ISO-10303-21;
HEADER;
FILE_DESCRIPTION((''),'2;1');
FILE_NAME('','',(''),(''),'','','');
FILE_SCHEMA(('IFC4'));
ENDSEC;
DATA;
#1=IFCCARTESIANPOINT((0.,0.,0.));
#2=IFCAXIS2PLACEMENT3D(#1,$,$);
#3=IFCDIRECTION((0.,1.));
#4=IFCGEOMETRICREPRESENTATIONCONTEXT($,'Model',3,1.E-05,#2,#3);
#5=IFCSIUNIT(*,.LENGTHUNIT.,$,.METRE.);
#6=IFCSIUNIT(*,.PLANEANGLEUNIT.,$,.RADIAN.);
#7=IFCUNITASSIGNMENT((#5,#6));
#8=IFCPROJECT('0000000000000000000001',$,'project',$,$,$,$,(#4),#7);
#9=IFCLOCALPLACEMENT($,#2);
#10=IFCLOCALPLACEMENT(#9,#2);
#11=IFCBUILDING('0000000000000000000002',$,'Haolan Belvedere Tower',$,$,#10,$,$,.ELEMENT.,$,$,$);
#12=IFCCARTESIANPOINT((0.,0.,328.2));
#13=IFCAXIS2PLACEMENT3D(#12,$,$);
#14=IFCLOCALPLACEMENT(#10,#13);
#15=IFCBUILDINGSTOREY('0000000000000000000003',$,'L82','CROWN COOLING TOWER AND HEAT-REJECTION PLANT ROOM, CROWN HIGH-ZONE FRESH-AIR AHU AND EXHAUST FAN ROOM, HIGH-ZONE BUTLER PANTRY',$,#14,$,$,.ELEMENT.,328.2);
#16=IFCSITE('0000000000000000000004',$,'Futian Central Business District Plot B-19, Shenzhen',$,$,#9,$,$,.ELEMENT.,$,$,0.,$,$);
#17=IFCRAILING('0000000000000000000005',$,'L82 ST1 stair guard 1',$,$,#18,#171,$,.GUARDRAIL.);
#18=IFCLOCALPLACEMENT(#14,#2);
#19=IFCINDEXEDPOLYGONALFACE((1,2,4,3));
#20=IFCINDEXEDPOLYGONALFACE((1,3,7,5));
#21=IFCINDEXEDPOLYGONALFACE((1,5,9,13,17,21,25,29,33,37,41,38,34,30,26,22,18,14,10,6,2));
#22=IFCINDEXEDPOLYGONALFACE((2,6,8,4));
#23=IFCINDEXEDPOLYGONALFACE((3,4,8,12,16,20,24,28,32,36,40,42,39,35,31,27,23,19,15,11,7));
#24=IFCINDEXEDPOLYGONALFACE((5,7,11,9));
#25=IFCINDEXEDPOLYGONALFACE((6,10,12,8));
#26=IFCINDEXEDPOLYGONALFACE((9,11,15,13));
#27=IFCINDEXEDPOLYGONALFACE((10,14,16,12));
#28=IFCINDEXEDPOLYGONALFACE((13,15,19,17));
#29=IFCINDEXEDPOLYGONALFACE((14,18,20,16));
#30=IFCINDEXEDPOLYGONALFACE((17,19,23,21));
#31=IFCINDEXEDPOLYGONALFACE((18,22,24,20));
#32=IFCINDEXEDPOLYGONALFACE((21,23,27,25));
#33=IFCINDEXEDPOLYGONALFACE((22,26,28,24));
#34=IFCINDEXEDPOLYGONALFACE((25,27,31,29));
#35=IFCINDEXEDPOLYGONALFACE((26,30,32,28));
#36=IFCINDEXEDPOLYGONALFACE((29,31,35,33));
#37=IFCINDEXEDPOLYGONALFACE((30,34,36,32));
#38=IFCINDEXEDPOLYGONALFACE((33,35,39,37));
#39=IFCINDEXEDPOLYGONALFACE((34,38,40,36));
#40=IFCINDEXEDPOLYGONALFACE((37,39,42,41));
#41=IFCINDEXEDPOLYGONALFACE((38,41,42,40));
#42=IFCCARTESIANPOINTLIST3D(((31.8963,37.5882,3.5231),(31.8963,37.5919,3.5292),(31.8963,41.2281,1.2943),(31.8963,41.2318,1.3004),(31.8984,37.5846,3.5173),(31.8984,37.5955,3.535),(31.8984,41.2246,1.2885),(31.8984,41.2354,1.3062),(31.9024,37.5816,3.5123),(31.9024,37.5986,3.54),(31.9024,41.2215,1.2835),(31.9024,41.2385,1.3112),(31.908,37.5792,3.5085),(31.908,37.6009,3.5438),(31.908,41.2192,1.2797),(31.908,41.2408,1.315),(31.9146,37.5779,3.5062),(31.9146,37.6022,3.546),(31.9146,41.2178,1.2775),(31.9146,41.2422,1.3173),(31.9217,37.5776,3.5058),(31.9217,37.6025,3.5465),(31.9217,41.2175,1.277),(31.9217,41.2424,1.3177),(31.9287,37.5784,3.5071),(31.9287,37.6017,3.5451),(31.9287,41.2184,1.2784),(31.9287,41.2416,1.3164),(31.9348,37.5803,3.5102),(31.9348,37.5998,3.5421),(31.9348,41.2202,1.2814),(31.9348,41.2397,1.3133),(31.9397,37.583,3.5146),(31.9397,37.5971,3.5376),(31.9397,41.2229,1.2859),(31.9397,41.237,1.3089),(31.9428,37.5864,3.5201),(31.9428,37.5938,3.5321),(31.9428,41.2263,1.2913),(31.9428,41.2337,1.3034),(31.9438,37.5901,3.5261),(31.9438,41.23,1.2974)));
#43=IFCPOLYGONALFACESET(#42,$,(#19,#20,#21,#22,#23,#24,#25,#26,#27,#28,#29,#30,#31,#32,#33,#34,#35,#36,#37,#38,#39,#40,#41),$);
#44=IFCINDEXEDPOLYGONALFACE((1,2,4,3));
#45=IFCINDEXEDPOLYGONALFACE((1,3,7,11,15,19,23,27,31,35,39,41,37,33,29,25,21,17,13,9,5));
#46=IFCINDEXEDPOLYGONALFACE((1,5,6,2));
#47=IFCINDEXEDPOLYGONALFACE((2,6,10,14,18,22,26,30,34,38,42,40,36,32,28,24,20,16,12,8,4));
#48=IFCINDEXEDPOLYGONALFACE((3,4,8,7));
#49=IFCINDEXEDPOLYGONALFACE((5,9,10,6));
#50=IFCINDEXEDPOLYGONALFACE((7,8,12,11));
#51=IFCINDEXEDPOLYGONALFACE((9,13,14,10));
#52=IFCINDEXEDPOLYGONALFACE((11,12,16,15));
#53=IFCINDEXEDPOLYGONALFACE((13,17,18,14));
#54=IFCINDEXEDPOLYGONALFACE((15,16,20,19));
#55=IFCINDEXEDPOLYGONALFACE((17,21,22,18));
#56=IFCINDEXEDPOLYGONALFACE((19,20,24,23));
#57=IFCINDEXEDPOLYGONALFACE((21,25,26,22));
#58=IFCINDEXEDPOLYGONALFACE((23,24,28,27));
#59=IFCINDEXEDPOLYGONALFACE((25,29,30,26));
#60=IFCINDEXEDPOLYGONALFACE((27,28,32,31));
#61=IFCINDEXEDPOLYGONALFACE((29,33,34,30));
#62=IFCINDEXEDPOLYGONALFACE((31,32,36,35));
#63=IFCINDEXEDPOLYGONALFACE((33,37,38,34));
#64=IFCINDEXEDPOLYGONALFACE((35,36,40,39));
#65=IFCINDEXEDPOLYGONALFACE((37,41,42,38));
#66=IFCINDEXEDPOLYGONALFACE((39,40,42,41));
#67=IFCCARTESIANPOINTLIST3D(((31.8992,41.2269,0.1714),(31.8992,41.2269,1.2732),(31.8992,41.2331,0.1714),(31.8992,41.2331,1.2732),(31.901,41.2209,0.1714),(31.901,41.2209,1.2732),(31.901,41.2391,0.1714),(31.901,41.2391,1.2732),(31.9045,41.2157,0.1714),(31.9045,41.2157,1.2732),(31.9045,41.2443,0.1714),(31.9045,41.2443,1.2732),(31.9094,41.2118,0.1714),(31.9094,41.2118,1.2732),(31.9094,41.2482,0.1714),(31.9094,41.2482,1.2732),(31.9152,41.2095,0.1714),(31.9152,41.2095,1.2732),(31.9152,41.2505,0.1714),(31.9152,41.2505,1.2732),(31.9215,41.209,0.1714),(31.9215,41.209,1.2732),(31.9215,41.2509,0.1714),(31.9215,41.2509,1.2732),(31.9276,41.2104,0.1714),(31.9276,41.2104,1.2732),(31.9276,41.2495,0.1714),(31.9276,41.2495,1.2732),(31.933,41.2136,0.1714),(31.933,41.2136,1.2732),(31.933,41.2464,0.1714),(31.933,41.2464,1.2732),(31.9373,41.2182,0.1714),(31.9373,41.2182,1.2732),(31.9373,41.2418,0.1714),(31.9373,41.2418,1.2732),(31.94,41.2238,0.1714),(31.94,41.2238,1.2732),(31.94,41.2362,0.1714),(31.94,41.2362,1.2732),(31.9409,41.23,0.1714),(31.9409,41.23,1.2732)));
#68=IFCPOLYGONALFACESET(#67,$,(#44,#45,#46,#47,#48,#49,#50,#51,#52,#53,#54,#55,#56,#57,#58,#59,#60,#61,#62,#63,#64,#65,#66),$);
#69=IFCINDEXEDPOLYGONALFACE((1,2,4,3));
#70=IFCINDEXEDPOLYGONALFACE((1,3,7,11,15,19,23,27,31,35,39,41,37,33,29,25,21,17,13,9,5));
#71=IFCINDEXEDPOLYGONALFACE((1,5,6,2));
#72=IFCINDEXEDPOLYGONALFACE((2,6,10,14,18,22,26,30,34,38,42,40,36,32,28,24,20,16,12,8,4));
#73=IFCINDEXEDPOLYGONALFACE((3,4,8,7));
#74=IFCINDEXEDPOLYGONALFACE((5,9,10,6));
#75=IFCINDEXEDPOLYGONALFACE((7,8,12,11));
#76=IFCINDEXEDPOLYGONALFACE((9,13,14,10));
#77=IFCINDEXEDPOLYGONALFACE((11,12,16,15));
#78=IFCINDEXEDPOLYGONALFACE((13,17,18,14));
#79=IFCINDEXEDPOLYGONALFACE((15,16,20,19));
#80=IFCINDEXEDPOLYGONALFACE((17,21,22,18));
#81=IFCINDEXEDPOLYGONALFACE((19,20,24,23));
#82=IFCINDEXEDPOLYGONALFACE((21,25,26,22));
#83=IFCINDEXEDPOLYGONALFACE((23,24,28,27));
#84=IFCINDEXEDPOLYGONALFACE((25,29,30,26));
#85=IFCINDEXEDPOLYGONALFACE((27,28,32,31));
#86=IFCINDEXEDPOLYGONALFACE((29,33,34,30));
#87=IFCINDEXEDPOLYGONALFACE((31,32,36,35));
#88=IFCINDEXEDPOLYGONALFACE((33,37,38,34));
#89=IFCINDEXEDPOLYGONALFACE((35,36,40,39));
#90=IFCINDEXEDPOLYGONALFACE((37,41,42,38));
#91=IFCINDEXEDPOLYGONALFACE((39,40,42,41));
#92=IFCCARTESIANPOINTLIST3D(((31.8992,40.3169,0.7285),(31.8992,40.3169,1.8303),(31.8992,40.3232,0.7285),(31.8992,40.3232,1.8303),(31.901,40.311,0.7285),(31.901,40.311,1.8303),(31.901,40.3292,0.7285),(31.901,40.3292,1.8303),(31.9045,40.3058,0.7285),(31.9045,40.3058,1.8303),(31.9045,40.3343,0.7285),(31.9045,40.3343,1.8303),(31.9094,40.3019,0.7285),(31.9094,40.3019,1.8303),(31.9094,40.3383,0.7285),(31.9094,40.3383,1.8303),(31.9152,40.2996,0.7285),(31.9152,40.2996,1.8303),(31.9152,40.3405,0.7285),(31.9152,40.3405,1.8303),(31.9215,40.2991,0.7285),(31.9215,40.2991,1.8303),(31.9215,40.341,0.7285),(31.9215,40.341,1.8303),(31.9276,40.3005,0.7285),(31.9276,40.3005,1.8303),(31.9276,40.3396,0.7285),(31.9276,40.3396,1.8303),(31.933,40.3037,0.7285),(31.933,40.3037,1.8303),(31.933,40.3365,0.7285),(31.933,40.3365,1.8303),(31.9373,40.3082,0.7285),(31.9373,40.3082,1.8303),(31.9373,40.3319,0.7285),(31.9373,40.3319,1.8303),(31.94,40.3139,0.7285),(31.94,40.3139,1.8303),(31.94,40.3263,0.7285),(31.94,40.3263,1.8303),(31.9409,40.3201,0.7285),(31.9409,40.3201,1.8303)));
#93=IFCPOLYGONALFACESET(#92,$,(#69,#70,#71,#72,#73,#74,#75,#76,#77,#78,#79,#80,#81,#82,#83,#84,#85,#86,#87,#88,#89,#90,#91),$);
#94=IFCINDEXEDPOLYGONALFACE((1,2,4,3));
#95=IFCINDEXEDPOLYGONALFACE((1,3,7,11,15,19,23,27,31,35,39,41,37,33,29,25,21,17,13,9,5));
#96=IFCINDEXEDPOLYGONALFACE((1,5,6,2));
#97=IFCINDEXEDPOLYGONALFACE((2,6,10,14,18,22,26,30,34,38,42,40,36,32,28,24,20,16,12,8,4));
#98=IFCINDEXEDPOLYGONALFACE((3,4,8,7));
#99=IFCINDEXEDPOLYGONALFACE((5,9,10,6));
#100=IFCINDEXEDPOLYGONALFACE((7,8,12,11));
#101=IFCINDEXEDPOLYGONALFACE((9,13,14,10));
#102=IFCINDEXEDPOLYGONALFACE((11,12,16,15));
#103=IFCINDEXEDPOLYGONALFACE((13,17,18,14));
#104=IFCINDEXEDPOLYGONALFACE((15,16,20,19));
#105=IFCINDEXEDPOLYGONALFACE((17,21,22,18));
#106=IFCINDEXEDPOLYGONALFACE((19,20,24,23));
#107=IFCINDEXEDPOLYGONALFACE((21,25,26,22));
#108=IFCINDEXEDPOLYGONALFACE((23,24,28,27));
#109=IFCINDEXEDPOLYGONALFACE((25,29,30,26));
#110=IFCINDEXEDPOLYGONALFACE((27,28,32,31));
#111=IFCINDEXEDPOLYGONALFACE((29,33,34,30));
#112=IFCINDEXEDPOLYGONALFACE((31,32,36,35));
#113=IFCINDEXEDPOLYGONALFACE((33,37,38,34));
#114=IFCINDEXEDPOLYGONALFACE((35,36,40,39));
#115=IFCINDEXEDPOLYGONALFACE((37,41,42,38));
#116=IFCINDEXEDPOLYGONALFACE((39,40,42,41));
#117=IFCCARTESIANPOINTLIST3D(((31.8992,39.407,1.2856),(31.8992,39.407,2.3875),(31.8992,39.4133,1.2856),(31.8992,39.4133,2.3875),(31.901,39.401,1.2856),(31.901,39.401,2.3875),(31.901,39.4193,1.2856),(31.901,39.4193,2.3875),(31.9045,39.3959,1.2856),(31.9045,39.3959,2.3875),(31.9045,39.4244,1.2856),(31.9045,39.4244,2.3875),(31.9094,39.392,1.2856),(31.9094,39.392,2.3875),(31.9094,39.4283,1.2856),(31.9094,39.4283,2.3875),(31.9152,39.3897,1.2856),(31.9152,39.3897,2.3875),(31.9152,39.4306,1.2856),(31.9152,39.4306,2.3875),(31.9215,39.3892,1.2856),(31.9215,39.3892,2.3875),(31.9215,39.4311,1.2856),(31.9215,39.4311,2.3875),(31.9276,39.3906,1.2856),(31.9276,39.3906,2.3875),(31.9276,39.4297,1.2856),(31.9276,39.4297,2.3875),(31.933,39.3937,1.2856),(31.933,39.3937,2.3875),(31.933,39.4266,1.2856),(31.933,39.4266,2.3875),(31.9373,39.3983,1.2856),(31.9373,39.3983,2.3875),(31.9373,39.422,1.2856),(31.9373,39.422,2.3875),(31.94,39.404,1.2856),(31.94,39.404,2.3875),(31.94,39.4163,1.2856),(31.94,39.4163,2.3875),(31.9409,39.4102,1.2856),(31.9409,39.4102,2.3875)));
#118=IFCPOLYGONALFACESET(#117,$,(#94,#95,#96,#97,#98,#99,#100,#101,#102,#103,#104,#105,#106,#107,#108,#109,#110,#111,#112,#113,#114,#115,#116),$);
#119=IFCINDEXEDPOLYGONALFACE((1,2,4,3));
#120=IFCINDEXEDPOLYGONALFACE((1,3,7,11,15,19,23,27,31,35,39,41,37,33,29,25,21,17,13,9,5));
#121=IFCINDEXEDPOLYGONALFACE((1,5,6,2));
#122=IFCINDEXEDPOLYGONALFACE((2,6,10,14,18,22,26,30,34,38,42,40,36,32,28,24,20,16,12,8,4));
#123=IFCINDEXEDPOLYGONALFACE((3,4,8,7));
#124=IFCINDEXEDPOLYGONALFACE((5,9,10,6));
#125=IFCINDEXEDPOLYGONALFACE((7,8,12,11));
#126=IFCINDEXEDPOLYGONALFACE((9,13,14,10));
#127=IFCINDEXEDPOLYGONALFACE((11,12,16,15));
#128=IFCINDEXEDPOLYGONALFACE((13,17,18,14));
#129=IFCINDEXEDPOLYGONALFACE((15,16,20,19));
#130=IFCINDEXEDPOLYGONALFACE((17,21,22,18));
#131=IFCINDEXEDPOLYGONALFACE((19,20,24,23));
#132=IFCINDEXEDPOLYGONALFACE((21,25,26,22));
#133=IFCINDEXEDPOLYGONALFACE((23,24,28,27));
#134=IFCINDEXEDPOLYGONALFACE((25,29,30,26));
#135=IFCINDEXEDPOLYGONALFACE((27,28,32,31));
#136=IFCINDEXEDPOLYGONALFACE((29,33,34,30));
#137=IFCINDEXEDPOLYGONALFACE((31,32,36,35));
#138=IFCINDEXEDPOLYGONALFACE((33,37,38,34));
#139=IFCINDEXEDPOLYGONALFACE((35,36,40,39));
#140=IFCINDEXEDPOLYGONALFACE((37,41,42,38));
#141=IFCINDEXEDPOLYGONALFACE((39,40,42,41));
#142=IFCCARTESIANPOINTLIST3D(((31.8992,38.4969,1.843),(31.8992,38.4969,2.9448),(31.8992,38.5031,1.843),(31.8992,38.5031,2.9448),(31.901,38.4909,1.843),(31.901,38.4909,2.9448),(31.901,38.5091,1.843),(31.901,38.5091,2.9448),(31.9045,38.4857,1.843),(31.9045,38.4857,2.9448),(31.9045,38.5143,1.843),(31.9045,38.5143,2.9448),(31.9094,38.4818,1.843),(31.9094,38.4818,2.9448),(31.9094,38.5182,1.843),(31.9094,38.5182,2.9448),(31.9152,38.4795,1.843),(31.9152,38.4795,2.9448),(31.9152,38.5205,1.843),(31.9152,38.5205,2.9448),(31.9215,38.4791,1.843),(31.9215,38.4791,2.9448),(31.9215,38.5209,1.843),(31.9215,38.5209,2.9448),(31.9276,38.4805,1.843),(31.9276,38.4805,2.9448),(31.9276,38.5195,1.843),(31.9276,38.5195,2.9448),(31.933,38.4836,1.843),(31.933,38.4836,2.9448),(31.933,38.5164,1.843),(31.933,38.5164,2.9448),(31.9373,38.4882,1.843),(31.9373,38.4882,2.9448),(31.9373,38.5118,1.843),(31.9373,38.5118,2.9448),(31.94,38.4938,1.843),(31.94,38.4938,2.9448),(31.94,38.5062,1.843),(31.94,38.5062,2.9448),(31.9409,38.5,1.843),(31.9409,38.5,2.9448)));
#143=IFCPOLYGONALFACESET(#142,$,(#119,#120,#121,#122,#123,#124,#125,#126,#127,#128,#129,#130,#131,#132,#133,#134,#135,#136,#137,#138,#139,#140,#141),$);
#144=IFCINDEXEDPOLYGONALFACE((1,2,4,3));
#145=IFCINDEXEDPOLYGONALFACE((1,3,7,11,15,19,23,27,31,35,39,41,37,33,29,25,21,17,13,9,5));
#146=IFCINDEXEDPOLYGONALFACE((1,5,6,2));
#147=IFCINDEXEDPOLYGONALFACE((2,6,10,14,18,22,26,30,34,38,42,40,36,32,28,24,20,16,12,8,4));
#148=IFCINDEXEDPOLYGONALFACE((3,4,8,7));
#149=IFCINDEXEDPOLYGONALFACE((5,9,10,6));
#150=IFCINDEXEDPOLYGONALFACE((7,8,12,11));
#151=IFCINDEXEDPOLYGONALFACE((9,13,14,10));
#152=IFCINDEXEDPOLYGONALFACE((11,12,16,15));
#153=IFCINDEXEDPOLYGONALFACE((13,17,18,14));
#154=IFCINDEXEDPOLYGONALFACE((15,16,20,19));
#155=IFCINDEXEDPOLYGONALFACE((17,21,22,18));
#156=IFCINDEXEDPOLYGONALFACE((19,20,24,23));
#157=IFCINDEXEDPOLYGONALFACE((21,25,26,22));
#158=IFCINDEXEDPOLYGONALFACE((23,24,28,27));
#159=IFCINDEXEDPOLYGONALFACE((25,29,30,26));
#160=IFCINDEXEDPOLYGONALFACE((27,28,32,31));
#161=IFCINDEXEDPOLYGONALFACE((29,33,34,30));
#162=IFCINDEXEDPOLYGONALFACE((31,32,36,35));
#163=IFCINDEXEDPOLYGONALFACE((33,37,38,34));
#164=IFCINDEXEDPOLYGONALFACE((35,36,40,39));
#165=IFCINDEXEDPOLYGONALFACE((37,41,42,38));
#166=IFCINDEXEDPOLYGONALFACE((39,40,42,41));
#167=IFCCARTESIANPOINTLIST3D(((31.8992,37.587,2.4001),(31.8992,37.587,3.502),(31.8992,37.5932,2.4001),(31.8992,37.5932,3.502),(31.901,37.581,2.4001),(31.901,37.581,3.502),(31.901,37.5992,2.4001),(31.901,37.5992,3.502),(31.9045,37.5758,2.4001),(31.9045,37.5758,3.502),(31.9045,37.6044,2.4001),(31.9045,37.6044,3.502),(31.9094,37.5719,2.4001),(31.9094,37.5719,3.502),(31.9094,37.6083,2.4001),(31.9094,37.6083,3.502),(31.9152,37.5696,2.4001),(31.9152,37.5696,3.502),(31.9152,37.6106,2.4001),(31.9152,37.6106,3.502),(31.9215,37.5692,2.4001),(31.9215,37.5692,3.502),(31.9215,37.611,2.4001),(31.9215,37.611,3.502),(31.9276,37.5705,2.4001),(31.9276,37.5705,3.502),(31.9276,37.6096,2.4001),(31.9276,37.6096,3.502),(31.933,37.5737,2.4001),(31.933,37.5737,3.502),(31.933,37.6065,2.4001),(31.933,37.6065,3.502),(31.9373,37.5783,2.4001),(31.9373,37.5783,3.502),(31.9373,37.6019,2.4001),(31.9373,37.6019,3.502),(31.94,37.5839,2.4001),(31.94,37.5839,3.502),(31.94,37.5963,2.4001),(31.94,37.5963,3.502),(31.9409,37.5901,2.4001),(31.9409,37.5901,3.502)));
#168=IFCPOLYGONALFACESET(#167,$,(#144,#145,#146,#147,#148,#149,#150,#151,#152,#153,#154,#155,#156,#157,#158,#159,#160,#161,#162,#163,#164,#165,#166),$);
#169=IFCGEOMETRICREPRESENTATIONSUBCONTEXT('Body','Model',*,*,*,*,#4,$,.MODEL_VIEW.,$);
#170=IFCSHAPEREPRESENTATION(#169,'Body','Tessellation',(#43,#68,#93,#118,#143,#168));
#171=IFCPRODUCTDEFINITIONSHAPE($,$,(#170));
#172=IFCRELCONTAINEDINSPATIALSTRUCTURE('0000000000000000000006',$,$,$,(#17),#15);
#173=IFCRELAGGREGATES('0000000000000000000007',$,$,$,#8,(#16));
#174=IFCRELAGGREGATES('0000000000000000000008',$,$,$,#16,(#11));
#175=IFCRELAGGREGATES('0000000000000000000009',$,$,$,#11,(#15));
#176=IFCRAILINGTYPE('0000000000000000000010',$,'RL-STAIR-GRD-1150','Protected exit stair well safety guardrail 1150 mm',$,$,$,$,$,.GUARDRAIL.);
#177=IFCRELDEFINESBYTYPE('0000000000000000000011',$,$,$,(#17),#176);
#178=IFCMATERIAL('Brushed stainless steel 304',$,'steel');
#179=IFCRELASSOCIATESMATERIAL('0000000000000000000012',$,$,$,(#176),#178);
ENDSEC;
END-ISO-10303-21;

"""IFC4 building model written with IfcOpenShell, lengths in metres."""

from ifc_helpers import new_model, si_unit, direction, frame, origin, origin_2d, place, context, subcontext, project, spatial, circle, extrude, material, type_object, element, save


model = new_model("IFC4")

# Units and contexts
model_context = context("Model", 3, precision=1e-05, world=origin(), true_north=direction((0.0, 1.0)))
body_context = subcontext(model_context, "Body", "Model", "MODEL_VIEW")
ifc_project = project(units=[si_unit("LENGTHUNIT", "METRE"), si_unit("PLANEANGLEUNIT", "RADIAN")], contexts=[model_context])

# Site, building, storey
site_placement = place(None, origin())
site = spatial("IfcSite", under=ifc_project, at=site_placement, Name="Futian Central Business District Plot B-19, Shenzhen", CompositionType="ELEMENT", RefElevation=0.0)
building_placement = place(site_placement, origin())
building = spatial("IfcBuilding", under=site, at=building_placement, Name="Haolan Belvedere Tower", CompositionType="ELEMENT")
storey_placement = place(building_placement, frame((0.0, 0.0, 328.2)))
storey = spatial("IfcBuildingStorey", under=building, at=storey_placement, Name="L82", Description="CROWN COOLING TOWER AND HEAT-REJECTION PLANT ROOM, CROWN HIGH-ZONE FRESH-AIR AHU AND EXHAUST FAN ROOM, HIGH-ZONE BUTLER PANTRY", CompositionType="ELEMENT", Elevation=328.2)

# Railing
ifc_material_1 = material(Name="Brushed stainless steel 304", Category="steel")
railing_type_1 = type_object("IfcRailingType", Name="RL-STAIR-GRD-1150", Description="Protected exit stair well safety guardrail 1150 mm", PredefinedType="GUARDRAIL", material=ifc_material_1)
railing_1_placement = place(storey_placement, frame((31.9199, 41.23, 0.1714)))
element("IfcRailing", 1, at=railing_1_placement, inside=storey, type_object=railing_type_1, Name="L82 ST1 stair guard 1", PredefinedType="GUARDRAIL", context=body_context, shape_type="SweptSolid", body=[
    extrude(circle(Radius=0.0239, at=origin_2d()), frame((0.0, 0.0, 1.126), z_axis=(0.0, -0.852825, 0.522197), x_axis=(1.0, 0.0, 0.0)), (0.0, 0.0, 1.0), 4.2681),
    extrude(circle(Radius=0.021, at=origin_2d()), origin(), (0.0, 0.0, 1.0), 1.1018),
    extrude(circle(Radius=0.021, at=origin_2d()), frame((0.0, -0.9099, 0.5571)), (0.0, 0.0, 1.0), 1.1018),
    extrude(circle(Radius=0.021, at=origin_2d()), frame((0.0, -1.8198, 1.1143)), (0.0, 0.0, 1.0), 1.1018),
    extrude(circle(Radius=0.021, at=origin_2d()), frame((0.0, -2.73, 1.6716)), (0.0, 0.0, 1.0), 1.1018),
    extrude(circle(Radius=0.021, at=origin_2d()), frame((0.0, -3.6399, 2.2288)), (0.0, 0.0, 1.0), 1.1018),
])

save(model, "model.ifc")
